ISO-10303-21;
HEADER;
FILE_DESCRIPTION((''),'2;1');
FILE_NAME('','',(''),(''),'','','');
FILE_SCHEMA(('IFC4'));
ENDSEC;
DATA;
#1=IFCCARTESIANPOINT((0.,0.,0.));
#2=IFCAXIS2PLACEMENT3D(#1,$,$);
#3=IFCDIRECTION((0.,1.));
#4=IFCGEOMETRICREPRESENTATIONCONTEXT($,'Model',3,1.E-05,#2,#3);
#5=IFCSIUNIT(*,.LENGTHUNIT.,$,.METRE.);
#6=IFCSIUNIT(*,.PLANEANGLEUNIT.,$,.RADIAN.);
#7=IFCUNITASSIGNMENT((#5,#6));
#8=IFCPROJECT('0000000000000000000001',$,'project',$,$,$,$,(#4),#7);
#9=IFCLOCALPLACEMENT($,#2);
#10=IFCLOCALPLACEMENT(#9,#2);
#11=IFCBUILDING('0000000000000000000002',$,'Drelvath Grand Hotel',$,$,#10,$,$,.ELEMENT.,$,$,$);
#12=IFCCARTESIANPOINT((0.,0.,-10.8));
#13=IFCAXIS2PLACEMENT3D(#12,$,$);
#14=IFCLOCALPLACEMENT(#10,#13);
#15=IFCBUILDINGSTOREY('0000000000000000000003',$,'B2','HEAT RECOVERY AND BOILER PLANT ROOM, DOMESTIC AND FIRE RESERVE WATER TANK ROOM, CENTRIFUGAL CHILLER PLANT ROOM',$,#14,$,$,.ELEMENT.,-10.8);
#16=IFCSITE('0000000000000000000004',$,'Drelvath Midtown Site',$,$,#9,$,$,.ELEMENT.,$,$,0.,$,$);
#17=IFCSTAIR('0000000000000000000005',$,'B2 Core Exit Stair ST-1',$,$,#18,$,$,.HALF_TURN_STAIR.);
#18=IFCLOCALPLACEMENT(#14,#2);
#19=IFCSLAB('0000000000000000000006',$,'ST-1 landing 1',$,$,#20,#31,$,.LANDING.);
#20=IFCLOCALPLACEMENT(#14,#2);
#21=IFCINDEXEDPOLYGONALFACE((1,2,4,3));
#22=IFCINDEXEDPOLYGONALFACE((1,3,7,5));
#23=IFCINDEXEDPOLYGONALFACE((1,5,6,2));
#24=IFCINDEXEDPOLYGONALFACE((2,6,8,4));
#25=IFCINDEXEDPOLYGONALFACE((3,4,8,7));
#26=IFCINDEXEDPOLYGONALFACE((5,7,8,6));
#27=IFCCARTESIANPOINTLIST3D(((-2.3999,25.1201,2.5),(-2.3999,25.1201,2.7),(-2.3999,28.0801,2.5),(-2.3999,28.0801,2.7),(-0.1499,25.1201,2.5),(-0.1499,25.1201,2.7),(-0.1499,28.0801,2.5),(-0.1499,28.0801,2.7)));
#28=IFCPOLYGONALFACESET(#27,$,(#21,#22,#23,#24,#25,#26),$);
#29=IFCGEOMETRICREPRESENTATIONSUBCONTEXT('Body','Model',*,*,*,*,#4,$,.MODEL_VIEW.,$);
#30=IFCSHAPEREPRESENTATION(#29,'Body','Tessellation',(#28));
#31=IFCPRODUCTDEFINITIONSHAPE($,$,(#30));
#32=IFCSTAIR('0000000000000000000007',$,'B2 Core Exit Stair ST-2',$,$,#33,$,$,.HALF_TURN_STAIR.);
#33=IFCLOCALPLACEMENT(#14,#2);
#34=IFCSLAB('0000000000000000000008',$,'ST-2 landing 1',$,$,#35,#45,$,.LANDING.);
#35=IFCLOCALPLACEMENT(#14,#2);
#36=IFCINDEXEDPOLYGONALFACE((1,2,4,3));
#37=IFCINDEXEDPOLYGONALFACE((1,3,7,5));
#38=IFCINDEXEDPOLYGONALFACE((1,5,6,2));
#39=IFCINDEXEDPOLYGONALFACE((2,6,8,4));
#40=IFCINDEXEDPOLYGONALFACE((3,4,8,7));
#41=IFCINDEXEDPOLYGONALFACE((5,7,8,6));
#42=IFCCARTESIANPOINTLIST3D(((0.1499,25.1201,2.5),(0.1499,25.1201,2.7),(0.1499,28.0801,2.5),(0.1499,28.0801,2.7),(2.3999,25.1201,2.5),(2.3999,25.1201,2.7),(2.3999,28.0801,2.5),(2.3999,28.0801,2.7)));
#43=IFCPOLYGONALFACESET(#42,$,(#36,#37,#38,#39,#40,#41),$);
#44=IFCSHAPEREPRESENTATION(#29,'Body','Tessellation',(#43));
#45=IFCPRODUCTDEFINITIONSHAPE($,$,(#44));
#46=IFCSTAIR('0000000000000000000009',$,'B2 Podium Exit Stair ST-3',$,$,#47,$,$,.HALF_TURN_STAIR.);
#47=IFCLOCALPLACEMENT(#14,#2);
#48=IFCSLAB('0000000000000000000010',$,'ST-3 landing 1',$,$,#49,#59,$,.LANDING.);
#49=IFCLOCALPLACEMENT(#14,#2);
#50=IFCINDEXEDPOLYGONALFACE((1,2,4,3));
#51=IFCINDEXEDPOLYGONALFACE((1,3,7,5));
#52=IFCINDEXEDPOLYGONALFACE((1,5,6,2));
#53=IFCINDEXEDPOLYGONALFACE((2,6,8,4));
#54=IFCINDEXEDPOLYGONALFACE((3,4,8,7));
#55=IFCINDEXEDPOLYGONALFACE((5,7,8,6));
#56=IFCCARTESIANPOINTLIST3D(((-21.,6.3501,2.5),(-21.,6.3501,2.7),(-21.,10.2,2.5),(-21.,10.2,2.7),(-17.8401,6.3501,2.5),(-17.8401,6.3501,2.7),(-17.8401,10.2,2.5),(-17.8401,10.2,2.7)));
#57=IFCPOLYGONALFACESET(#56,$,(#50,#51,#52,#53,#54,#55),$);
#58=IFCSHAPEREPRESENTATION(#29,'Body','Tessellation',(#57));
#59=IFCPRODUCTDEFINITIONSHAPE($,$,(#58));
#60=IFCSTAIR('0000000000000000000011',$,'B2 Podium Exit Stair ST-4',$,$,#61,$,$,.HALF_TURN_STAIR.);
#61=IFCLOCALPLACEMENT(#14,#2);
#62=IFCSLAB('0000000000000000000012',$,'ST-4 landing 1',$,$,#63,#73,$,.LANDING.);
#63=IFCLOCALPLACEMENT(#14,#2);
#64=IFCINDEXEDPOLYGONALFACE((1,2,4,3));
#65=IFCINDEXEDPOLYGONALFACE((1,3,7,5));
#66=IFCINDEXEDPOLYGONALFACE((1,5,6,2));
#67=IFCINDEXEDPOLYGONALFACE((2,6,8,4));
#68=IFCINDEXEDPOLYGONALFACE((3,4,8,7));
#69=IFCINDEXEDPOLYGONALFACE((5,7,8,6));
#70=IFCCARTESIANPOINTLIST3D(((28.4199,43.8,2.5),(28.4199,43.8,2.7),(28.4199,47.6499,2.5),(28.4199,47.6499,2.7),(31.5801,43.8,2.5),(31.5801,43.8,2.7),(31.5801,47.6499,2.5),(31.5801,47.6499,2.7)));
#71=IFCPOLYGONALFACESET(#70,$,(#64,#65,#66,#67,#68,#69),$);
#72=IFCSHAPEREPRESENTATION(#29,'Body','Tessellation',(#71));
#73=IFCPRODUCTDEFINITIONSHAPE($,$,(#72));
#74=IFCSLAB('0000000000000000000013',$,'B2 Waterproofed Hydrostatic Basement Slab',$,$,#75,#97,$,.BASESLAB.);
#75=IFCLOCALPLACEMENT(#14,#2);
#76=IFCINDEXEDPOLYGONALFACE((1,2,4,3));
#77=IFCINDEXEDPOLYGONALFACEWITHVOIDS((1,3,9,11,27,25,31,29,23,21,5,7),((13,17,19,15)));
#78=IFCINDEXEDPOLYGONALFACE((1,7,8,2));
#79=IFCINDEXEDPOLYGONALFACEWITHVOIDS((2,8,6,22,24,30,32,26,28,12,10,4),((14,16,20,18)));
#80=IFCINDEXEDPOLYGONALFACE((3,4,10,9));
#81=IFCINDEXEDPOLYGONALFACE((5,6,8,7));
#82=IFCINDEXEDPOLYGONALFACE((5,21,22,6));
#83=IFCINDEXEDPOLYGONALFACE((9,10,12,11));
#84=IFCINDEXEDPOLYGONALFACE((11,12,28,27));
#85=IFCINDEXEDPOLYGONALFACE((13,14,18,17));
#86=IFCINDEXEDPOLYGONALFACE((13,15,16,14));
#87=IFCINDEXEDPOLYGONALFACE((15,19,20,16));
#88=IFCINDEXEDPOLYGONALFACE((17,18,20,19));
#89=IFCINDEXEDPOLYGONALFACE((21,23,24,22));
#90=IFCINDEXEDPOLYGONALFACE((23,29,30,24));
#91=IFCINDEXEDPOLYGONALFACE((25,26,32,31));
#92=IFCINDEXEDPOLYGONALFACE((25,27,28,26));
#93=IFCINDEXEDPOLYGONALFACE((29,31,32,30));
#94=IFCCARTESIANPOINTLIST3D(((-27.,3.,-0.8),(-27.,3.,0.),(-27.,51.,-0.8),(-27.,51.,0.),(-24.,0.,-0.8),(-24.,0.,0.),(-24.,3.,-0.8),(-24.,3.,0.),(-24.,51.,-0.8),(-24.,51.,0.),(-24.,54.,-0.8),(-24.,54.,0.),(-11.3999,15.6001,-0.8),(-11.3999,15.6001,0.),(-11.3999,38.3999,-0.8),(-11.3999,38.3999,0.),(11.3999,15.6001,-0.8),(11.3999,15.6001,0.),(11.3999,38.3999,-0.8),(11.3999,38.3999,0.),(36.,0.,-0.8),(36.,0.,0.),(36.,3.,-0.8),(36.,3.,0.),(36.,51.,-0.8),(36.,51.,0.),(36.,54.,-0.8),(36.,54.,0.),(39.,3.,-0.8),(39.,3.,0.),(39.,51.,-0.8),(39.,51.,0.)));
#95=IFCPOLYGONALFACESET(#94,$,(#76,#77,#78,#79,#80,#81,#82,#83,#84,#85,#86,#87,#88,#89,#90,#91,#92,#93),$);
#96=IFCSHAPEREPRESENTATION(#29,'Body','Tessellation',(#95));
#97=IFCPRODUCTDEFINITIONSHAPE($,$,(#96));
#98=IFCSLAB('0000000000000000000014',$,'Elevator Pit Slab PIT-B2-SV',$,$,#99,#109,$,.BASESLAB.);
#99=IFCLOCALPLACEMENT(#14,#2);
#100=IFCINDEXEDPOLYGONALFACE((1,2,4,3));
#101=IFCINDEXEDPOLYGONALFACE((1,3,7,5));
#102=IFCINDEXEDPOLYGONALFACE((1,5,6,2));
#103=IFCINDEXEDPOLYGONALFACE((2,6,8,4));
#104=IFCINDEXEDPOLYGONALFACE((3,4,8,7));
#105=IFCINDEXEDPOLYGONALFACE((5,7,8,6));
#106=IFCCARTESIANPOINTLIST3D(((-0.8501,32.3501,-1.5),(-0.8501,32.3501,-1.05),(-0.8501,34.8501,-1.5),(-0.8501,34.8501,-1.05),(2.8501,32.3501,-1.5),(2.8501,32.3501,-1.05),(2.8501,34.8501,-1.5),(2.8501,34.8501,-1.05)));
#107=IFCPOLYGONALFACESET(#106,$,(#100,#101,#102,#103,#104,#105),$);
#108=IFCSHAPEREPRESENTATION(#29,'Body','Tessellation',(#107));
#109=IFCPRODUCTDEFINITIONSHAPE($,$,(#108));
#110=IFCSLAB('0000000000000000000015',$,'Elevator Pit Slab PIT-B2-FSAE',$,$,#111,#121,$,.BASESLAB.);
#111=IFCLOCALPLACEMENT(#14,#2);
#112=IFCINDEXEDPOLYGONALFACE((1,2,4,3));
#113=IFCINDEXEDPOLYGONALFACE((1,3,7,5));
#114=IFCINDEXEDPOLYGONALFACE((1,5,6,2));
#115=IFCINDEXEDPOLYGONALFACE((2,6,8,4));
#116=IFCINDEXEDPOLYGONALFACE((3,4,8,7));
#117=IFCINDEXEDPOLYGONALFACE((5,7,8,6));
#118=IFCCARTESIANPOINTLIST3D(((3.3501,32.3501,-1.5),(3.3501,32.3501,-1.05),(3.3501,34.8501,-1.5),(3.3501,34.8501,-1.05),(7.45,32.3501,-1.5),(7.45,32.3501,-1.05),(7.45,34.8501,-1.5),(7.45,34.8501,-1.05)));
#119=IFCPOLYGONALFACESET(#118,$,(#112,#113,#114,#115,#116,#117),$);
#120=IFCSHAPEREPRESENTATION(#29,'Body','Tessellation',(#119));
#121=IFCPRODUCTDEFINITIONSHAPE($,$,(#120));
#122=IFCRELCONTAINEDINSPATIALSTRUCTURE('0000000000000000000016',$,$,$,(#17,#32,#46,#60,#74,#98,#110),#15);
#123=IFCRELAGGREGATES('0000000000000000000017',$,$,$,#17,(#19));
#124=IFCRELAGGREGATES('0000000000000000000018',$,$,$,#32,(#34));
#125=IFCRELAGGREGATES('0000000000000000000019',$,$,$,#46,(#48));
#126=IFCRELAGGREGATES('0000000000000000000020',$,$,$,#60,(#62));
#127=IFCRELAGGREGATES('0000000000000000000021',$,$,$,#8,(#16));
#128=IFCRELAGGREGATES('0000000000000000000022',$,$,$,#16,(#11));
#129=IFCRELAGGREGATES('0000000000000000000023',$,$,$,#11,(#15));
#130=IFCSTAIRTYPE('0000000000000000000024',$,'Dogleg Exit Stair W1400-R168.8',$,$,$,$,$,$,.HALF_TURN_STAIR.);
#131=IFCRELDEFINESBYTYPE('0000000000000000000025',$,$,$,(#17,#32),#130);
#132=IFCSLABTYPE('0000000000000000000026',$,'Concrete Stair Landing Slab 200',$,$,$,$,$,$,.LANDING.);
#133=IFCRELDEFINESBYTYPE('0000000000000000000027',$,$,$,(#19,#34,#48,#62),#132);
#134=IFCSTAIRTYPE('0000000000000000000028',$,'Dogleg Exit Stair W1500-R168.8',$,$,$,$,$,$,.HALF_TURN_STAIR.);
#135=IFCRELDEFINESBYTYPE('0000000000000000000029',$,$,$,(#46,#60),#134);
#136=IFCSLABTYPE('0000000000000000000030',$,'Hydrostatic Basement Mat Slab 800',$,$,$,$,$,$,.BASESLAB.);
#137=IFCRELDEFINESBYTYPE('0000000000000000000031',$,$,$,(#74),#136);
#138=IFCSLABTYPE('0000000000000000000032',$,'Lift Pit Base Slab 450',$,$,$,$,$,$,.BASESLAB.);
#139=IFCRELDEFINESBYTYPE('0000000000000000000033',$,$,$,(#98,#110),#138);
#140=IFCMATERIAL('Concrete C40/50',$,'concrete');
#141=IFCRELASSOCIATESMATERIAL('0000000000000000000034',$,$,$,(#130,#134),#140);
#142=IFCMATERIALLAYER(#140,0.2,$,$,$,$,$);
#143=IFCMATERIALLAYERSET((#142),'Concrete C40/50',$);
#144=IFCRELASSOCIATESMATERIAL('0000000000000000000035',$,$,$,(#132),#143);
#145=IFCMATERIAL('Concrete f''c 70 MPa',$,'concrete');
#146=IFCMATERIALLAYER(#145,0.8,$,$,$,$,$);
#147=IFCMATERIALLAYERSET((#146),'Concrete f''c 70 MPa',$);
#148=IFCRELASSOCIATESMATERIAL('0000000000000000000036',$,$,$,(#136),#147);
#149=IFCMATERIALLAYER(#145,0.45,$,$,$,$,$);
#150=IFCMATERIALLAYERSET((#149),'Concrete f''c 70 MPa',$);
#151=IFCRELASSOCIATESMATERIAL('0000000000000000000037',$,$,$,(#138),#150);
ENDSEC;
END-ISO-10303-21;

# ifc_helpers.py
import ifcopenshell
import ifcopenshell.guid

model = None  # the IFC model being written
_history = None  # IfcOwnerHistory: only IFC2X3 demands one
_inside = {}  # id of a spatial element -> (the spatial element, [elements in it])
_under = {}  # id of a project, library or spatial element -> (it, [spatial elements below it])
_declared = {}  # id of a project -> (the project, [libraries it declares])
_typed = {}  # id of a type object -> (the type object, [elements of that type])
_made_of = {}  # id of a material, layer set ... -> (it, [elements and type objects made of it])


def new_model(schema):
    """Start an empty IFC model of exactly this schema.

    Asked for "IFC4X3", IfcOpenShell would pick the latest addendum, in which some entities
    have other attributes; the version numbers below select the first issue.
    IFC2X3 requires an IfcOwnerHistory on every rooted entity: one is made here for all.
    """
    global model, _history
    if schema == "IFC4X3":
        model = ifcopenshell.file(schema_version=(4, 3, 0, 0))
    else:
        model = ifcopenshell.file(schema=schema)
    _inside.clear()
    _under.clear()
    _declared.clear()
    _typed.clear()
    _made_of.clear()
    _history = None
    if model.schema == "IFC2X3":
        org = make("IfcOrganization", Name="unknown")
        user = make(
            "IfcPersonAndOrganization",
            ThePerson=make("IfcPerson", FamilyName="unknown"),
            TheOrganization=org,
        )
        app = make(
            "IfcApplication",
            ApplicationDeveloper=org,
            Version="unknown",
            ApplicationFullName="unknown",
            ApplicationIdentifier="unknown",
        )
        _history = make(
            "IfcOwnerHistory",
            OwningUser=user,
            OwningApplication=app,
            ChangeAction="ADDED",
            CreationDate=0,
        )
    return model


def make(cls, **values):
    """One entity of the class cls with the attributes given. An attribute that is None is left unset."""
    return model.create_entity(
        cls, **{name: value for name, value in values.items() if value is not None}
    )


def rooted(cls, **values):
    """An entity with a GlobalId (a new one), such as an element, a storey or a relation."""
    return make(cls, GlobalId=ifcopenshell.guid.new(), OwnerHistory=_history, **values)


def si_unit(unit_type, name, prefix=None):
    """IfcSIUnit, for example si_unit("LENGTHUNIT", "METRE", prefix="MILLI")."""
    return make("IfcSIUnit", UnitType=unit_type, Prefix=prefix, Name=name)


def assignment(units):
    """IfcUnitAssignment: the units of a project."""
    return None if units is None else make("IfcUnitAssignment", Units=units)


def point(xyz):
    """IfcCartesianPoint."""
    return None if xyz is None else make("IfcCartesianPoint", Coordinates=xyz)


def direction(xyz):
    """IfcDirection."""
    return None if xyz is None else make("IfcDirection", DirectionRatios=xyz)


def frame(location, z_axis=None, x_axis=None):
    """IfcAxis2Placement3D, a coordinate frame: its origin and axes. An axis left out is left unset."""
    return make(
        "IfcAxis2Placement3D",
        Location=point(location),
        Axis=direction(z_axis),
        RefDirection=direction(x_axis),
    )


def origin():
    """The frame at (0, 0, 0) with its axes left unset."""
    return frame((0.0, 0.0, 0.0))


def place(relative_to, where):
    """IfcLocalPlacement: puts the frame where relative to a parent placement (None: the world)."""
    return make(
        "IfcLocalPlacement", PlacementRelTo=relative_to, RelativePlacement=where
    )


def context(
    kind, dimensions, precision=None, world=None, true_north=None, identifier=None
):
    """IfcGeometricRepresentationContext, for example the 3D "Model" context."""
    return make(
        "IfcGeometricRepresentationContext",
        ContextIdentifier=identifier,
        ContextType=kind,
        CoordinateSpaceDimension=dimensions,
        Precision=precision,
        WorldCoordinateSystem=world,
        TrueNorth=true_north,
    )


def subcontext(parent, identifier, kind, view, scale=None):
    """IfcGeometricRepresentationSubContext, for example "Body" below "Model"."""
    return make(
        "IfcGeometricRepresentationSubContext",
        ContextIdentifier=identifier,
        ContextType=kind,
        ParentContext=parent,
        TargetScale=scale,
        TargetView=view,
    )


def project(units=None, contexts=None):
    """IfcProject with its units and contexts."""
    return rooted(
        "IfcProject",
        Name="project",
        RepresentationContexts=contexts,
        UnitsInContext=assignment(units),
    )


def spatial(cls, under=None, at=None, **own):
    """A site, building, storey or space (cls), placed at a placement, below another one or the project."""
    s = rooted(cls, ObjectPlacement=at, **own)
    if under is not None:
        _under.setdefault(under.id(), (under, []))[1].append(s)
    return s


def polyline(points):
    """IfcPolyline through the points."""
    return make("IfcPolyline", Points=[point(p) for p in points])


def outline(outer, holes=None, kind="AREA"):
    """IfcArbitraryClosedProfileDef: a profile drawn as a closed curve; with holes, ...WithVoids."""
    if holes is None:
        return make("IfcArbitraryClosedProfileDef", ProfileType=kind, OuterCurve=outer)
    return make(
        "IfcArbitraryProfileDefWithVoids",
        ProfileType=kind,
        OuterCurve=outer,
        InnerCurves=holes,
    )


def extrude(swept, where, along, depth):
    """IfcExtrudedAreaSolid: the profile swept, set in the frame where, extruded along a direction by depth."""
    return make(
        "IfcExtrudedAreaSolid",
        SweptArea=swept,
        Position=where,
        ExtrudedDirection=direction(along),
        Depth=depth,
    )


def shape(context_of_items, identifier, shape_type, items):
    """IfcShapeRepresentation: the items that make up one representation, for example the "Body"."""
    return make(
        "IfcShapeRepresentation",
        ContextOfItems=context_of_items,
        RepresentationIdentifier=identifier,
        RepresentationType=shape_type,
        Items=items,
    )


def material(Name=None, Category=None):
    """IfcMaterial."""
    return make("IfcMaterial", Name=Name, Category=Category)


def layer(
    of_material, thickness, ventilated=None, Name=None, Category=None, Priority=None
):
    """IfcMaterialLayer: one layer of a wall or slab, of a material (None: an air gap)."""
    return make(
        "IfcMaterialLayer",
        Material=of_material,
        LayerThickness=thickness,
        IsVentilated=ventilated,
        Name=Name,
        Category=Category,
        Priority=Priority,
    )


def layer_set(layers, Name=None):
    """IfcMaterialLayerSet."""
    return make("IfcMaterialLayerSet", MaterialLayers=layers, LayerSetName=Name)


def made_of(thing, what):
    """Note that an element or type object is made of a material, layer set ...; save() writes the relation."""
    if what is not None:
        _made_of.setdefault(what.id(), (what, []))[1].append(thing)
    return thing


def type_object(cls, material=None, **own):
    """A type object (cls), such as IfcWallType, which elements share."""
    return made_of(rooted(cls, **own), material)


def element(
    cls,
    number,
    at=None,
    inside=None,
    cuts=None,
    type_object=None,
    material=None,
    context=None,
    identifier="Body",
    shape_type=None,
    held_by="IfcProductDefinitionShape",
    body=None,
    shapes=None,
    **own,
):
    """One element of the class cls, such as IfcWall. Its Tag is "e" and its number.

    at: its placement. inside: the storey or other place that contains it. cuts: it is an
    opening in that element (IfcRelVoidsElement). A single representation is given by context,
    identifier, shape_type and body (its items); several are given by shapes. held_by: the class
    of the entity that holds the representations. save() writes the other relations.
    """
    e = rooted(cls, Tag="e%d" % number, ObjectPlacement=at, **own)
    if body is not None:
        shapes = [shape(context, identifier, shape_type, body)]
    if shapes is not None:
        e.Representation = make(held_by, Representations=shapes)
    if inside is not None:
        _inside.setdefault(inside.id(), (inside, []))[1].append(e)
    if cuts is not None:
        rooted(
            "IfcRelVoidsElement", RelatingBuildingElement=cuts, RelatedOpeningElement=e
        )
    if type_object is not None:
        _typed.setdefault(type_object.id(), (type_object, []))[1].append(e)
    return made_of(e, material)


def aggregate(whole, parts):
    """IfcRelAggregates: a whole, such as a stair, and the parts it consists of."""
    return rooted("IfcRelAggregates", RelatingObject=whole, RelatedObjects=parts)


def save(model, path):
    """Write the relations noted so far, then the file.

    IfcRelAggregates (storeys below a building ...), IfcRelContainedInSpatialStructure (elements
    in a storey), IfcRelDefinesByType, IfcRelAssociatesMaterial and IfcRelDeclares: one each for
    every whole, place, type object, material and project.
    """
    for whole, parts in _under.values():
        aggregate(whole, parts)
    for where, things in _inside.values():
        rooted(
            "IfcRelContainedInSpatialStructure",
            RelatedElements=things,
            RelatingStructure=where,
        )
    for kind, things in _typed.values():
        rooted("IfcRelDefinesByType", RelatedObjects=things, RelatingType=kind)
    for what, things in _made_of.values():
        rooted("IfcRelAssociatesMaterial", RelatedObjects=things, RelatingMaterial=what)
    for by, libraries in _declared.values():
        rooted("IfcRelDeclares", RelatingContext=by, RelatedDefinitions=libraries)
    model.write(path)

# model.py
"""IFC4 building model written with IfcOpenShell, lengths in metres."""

from ifc_helpers import new_model, si_unit, direction, frame, origin, place, context, subcontext, project, spatial, polyline, outline, extrude, material, layer, layer_set, type_object, element, aggregate, save


model = new_model("IFC4")

# Units and contexts
model_context = context("Model", 3, precision=1e-05, world=origin(), true_north=direction((0.0, 1.0)))
body_context = subcontext(model_context, "Body", "Model", "MODEL_VIEW")
ifc_project = project(units=[si_unit("LENGTHUNIT", "METRE"), si_unit("PLANEANGLEUNIT", "RADIAN")], contexts=[model_context])

# Site, building, storey
site_placement = place(None, origin())
site = spatial("IfcSite", under=ifc_project, at=site_placement, Name="Drelvath Midtown Site", CompositionType="ELEMENT", RefElevation=0.0)
building_placement = place(site_placement, origin())
building = spatial("IfcBuilding", under=site, at=building_placement, Name="Drelvath Grand Hotel", CompositionType="ELEMENT")
storey_placement = place(building_placement, frame((0.0, 0.0, -10.8)))
storey = spatial("IfcBuildingStorey", under=building, at=storey_placement, Name="B2", Description="HEAT RECOVERY AND BOILER PLANT ROOM, DOMESTIC AND FIRE RESERVE WATER TANK ROOM, CENTRIFUGAL CHILLER PLANT ROOM", CompositionType="ELEMENT", Elevation=-10.8)

# Shared definitions
ifc_material_1 = material(Name="Concrete f'c 70 MPa", Category="concrete")

# Stairs, slabs
ifc_material_2 = material(Name="Concrete C40/50", Category="concrete")
stair_type_1 = type_object("IfcStairType", Name="Dogleg Exit Stair W1400-R168.8", PredefinedType="HALF_TURN_STAIR", material=ifc_material_2)
stair_1_placement = place(storey_placement, origin())
stair_1 = element("IfcStair", 1, at=stair_1_placement, inside=storey, type_object=stair_type_1, Name="B2 Core Exit Stair ST-1", PredefinedType="HALF_TURN_STAIR")
ifc_layer_1 = layer(ifc_material_2, 0.2)
ifc_layer_set_1 = layer_set([ifc_layer_1], Name="Concrete C40/50")
slab_type_1 = type_object("IfcSlabType", Name="Concrete Stair Landing Slab 200", PredefinedType="LANDING", material=ifc_layer_set_1)
slab_1_placement = place(storey_placement, frame((0.0, 0.0, 2.5)))
slab_1 = element("IfcSlab", 2, at=slab_1_placement, type_object=slab_type_1, Name="ST-1 landing 1", PredefinedType="LANDING", context=body_context, shape_type="SweptSolid", body=[
    extrude(outline(polyline([(-2.3999, 25.1201), (-0.1499, 25.1201), (-0.1499, 28.0801), (-2.3999, 28.0801), (-2.3999, 25.1201)])), origin(), (0.0, 0.0, 1.0), 0.2),
])
aggregate(stair_1, [slab_1])
stair_2_placement = place(storey_placement, origin())
stair_2 = element("IfcStair", 3, at=stair_2_placement, inside=storey, type_object=stair_type_1, Name="B2 Core Exit Stair ST-2", PredefinedType="HALF_TURN_STAIR")
slab_2_placement = place(storey_placement, frame((0.0, 0.0, 2.5)))
slab_2 = element("IfcSlab", 4, at=slab_2_placement, type_object=slab_type_1, Name="ST-2 landing 1", PredefinedType="LANDING", context=body_context, shape_type="SweptSolid", body=[
    extrude(outline(polyline([(2.3999, 28.0801), (0.1499, 28.0801), (0.1499, 25.1201), (2.3999, 25.1201), (2.3999, 28.0801)])), origin(), (0.0, 0.0, 1.0), 0.2),
])
aggregate(stair_2, [slab_2])
stair_type_2 = type_object("IfcStairType", Name="Dogleg Exit Stair W1500-R168.8", PredefinedType="HALF_TURN_STAIR", material=ifc_material_2)
stair_3_placement = place(storey_placement, origin())
stair_3 = element("IfcStair", 5, at=stair_3_placement, inside=storey, type_object=stair_type_2, Name="B2 Podium Exit Stair ST-3", PredefinedType="HALF_TURN_STAIR")
slab_3_placement = place(storey_placement, frame((0.0, 0.0, 2.5)))
slab_3 = element("IfcSlab", 6, at=slab_3_placement, type_object=slab_type_1, Name="ST-3 landing 1", PredefinedType="LANDING", context=body_context, shape_type="SweptSolid", body=[
    extrude(outline(polyline([(-17.8401, 6.3501), (-17.8401, 10.2), (-21.0, 10.2), (-21.0, 6.3501), (-17.8401, 6.3501)])), origin(), (0.0, 0.0, 1.0), 0.2),
])
aggregate(stair_3, [slab_3])
stair_4_placement = place(storey_placement, origin())
stair_4 = element("IfcStair", 7, at=stair_4_placement, inside=storey, type_object=stair_type_2, Name="B2 Podium Exit Stair ST-4", PredefinedType="HALF_TURN_STAIR")
slab_4_placement = place(storey_placement, frame((0.0, 0.0, 2.5)))
slab_4 = element("IfcSlab", 8, at=slab_4_placement, type_object=slab_type_1, Name="ST-4 landing 1", PredefinedType="LANDING", context=body_context, shape_type="SweptSolid", body=[
    extrude(outline(polyline([(28.4199, 47.6499), (28.4199, 43.8), (31.5801, 43.8), (31.5801, 47.6499), (28.4199, 47.6499)])), origin(), (0.0, 0.0, 1.0), 0.2),
])
aggregate(stair_4, [slab_4])

# Slabs
ifc_layer_2 = layer(ifc_material_1, 0.8)
ifc_layer_set_2 = layer_set([ifc_layer_2], Name="Concrete f'c 70 MPa")
slab_type_2 = type_object("IfcSlabType", Name="Hydrostatic Basement Mat Slab 800", PredefinedType="BASESLAB", material=ifc_layer_set_2)
slab_5_placement = place(storey_placement, frame((0.0, 0.0, -0.8)))
element("IfcSlab", 9, at=slab_5_placement, inside=storey, type_object=slab_type_2, Name="B2 Waterproofed Hydrostatic Basement Slab", PredefinedType="BASESLAB", context=body_context, shape_type="SweptSolid", body=[
    extrude(outline(polyline([(-24.0, 0.0), (36.0, 0.0), (36.0, 3.0), (39.0, 3.0), (39.0, 51.0), (36.0, 51.0), (36.0, 54.0), (-24.0, 54.0), (-24.0, 51.0), (-27.0, 51.0), (-27.0, 3.0), (-24.0, 3.0), (-24.0, 0.0)]), holes=[polyline([(-11.3999, 15.6001), (-11.3999, 38.3999), (11.3999, 38.3999), (11.3999, 15.6001), (-11.3999, 15.6001)])]), origin(), (0.0, 0.0, 1.0), 0.8),
])
ifc_layer_3 = layer(ifc_material_1, 0.45)
ifc_layer_set_3 = layer_set([ifc_layer_3], Name="Concrete f'c 70 MPa")
slab_type_3 = type_object("IfcSlabType", Name="Lift Pit Base Slab 450", PredefinedType="BASESLAB", material=ifc_layer_set_3)
slab_6_placement = place(storey_placement, frame((0.0, 0.0, -1.5)))
element("IfcSlab", 10, at=slab_6_placement, inside=storey, type_object=slab_type_3, Name="Elevator Pit Slab PIT-B2-SV", PredefinedType="BASESLAB", context=body_context, shape_type="SweptSolid", body=[
    extrude(outline(polyline([(-0.8501, 32.3501), (2.8501, 32.3501), (2.8501, 34.8501), (-0.8501, 34.8501), (-0.8501, 32.3501)])), origin(), (0.0, 0.0, 1.0), 0.45),
])
slab_7_placement = place(storey_placement, frame((0.0, 0.0, -1.5)))
element("IfcSlab", 11, at=slab_7_placement, inside=storey, type_object=slab_type_3, Name="Elevator Pit Slab PIT-B2-FSAE", PredefinedType="BASESLAB", context=body_context, shape_type="SweptSolid", body=[
    extrude(outline(polyline([(3.3501, 32.3501), (7.45, 32.3501), (7.45, 34.8501), (3.3501, 34.8501), (3.3501, 32.3501)])), origin(), (0.0, 0.0, 1.0), 0.45),
])

save(model, "model.ifc")
